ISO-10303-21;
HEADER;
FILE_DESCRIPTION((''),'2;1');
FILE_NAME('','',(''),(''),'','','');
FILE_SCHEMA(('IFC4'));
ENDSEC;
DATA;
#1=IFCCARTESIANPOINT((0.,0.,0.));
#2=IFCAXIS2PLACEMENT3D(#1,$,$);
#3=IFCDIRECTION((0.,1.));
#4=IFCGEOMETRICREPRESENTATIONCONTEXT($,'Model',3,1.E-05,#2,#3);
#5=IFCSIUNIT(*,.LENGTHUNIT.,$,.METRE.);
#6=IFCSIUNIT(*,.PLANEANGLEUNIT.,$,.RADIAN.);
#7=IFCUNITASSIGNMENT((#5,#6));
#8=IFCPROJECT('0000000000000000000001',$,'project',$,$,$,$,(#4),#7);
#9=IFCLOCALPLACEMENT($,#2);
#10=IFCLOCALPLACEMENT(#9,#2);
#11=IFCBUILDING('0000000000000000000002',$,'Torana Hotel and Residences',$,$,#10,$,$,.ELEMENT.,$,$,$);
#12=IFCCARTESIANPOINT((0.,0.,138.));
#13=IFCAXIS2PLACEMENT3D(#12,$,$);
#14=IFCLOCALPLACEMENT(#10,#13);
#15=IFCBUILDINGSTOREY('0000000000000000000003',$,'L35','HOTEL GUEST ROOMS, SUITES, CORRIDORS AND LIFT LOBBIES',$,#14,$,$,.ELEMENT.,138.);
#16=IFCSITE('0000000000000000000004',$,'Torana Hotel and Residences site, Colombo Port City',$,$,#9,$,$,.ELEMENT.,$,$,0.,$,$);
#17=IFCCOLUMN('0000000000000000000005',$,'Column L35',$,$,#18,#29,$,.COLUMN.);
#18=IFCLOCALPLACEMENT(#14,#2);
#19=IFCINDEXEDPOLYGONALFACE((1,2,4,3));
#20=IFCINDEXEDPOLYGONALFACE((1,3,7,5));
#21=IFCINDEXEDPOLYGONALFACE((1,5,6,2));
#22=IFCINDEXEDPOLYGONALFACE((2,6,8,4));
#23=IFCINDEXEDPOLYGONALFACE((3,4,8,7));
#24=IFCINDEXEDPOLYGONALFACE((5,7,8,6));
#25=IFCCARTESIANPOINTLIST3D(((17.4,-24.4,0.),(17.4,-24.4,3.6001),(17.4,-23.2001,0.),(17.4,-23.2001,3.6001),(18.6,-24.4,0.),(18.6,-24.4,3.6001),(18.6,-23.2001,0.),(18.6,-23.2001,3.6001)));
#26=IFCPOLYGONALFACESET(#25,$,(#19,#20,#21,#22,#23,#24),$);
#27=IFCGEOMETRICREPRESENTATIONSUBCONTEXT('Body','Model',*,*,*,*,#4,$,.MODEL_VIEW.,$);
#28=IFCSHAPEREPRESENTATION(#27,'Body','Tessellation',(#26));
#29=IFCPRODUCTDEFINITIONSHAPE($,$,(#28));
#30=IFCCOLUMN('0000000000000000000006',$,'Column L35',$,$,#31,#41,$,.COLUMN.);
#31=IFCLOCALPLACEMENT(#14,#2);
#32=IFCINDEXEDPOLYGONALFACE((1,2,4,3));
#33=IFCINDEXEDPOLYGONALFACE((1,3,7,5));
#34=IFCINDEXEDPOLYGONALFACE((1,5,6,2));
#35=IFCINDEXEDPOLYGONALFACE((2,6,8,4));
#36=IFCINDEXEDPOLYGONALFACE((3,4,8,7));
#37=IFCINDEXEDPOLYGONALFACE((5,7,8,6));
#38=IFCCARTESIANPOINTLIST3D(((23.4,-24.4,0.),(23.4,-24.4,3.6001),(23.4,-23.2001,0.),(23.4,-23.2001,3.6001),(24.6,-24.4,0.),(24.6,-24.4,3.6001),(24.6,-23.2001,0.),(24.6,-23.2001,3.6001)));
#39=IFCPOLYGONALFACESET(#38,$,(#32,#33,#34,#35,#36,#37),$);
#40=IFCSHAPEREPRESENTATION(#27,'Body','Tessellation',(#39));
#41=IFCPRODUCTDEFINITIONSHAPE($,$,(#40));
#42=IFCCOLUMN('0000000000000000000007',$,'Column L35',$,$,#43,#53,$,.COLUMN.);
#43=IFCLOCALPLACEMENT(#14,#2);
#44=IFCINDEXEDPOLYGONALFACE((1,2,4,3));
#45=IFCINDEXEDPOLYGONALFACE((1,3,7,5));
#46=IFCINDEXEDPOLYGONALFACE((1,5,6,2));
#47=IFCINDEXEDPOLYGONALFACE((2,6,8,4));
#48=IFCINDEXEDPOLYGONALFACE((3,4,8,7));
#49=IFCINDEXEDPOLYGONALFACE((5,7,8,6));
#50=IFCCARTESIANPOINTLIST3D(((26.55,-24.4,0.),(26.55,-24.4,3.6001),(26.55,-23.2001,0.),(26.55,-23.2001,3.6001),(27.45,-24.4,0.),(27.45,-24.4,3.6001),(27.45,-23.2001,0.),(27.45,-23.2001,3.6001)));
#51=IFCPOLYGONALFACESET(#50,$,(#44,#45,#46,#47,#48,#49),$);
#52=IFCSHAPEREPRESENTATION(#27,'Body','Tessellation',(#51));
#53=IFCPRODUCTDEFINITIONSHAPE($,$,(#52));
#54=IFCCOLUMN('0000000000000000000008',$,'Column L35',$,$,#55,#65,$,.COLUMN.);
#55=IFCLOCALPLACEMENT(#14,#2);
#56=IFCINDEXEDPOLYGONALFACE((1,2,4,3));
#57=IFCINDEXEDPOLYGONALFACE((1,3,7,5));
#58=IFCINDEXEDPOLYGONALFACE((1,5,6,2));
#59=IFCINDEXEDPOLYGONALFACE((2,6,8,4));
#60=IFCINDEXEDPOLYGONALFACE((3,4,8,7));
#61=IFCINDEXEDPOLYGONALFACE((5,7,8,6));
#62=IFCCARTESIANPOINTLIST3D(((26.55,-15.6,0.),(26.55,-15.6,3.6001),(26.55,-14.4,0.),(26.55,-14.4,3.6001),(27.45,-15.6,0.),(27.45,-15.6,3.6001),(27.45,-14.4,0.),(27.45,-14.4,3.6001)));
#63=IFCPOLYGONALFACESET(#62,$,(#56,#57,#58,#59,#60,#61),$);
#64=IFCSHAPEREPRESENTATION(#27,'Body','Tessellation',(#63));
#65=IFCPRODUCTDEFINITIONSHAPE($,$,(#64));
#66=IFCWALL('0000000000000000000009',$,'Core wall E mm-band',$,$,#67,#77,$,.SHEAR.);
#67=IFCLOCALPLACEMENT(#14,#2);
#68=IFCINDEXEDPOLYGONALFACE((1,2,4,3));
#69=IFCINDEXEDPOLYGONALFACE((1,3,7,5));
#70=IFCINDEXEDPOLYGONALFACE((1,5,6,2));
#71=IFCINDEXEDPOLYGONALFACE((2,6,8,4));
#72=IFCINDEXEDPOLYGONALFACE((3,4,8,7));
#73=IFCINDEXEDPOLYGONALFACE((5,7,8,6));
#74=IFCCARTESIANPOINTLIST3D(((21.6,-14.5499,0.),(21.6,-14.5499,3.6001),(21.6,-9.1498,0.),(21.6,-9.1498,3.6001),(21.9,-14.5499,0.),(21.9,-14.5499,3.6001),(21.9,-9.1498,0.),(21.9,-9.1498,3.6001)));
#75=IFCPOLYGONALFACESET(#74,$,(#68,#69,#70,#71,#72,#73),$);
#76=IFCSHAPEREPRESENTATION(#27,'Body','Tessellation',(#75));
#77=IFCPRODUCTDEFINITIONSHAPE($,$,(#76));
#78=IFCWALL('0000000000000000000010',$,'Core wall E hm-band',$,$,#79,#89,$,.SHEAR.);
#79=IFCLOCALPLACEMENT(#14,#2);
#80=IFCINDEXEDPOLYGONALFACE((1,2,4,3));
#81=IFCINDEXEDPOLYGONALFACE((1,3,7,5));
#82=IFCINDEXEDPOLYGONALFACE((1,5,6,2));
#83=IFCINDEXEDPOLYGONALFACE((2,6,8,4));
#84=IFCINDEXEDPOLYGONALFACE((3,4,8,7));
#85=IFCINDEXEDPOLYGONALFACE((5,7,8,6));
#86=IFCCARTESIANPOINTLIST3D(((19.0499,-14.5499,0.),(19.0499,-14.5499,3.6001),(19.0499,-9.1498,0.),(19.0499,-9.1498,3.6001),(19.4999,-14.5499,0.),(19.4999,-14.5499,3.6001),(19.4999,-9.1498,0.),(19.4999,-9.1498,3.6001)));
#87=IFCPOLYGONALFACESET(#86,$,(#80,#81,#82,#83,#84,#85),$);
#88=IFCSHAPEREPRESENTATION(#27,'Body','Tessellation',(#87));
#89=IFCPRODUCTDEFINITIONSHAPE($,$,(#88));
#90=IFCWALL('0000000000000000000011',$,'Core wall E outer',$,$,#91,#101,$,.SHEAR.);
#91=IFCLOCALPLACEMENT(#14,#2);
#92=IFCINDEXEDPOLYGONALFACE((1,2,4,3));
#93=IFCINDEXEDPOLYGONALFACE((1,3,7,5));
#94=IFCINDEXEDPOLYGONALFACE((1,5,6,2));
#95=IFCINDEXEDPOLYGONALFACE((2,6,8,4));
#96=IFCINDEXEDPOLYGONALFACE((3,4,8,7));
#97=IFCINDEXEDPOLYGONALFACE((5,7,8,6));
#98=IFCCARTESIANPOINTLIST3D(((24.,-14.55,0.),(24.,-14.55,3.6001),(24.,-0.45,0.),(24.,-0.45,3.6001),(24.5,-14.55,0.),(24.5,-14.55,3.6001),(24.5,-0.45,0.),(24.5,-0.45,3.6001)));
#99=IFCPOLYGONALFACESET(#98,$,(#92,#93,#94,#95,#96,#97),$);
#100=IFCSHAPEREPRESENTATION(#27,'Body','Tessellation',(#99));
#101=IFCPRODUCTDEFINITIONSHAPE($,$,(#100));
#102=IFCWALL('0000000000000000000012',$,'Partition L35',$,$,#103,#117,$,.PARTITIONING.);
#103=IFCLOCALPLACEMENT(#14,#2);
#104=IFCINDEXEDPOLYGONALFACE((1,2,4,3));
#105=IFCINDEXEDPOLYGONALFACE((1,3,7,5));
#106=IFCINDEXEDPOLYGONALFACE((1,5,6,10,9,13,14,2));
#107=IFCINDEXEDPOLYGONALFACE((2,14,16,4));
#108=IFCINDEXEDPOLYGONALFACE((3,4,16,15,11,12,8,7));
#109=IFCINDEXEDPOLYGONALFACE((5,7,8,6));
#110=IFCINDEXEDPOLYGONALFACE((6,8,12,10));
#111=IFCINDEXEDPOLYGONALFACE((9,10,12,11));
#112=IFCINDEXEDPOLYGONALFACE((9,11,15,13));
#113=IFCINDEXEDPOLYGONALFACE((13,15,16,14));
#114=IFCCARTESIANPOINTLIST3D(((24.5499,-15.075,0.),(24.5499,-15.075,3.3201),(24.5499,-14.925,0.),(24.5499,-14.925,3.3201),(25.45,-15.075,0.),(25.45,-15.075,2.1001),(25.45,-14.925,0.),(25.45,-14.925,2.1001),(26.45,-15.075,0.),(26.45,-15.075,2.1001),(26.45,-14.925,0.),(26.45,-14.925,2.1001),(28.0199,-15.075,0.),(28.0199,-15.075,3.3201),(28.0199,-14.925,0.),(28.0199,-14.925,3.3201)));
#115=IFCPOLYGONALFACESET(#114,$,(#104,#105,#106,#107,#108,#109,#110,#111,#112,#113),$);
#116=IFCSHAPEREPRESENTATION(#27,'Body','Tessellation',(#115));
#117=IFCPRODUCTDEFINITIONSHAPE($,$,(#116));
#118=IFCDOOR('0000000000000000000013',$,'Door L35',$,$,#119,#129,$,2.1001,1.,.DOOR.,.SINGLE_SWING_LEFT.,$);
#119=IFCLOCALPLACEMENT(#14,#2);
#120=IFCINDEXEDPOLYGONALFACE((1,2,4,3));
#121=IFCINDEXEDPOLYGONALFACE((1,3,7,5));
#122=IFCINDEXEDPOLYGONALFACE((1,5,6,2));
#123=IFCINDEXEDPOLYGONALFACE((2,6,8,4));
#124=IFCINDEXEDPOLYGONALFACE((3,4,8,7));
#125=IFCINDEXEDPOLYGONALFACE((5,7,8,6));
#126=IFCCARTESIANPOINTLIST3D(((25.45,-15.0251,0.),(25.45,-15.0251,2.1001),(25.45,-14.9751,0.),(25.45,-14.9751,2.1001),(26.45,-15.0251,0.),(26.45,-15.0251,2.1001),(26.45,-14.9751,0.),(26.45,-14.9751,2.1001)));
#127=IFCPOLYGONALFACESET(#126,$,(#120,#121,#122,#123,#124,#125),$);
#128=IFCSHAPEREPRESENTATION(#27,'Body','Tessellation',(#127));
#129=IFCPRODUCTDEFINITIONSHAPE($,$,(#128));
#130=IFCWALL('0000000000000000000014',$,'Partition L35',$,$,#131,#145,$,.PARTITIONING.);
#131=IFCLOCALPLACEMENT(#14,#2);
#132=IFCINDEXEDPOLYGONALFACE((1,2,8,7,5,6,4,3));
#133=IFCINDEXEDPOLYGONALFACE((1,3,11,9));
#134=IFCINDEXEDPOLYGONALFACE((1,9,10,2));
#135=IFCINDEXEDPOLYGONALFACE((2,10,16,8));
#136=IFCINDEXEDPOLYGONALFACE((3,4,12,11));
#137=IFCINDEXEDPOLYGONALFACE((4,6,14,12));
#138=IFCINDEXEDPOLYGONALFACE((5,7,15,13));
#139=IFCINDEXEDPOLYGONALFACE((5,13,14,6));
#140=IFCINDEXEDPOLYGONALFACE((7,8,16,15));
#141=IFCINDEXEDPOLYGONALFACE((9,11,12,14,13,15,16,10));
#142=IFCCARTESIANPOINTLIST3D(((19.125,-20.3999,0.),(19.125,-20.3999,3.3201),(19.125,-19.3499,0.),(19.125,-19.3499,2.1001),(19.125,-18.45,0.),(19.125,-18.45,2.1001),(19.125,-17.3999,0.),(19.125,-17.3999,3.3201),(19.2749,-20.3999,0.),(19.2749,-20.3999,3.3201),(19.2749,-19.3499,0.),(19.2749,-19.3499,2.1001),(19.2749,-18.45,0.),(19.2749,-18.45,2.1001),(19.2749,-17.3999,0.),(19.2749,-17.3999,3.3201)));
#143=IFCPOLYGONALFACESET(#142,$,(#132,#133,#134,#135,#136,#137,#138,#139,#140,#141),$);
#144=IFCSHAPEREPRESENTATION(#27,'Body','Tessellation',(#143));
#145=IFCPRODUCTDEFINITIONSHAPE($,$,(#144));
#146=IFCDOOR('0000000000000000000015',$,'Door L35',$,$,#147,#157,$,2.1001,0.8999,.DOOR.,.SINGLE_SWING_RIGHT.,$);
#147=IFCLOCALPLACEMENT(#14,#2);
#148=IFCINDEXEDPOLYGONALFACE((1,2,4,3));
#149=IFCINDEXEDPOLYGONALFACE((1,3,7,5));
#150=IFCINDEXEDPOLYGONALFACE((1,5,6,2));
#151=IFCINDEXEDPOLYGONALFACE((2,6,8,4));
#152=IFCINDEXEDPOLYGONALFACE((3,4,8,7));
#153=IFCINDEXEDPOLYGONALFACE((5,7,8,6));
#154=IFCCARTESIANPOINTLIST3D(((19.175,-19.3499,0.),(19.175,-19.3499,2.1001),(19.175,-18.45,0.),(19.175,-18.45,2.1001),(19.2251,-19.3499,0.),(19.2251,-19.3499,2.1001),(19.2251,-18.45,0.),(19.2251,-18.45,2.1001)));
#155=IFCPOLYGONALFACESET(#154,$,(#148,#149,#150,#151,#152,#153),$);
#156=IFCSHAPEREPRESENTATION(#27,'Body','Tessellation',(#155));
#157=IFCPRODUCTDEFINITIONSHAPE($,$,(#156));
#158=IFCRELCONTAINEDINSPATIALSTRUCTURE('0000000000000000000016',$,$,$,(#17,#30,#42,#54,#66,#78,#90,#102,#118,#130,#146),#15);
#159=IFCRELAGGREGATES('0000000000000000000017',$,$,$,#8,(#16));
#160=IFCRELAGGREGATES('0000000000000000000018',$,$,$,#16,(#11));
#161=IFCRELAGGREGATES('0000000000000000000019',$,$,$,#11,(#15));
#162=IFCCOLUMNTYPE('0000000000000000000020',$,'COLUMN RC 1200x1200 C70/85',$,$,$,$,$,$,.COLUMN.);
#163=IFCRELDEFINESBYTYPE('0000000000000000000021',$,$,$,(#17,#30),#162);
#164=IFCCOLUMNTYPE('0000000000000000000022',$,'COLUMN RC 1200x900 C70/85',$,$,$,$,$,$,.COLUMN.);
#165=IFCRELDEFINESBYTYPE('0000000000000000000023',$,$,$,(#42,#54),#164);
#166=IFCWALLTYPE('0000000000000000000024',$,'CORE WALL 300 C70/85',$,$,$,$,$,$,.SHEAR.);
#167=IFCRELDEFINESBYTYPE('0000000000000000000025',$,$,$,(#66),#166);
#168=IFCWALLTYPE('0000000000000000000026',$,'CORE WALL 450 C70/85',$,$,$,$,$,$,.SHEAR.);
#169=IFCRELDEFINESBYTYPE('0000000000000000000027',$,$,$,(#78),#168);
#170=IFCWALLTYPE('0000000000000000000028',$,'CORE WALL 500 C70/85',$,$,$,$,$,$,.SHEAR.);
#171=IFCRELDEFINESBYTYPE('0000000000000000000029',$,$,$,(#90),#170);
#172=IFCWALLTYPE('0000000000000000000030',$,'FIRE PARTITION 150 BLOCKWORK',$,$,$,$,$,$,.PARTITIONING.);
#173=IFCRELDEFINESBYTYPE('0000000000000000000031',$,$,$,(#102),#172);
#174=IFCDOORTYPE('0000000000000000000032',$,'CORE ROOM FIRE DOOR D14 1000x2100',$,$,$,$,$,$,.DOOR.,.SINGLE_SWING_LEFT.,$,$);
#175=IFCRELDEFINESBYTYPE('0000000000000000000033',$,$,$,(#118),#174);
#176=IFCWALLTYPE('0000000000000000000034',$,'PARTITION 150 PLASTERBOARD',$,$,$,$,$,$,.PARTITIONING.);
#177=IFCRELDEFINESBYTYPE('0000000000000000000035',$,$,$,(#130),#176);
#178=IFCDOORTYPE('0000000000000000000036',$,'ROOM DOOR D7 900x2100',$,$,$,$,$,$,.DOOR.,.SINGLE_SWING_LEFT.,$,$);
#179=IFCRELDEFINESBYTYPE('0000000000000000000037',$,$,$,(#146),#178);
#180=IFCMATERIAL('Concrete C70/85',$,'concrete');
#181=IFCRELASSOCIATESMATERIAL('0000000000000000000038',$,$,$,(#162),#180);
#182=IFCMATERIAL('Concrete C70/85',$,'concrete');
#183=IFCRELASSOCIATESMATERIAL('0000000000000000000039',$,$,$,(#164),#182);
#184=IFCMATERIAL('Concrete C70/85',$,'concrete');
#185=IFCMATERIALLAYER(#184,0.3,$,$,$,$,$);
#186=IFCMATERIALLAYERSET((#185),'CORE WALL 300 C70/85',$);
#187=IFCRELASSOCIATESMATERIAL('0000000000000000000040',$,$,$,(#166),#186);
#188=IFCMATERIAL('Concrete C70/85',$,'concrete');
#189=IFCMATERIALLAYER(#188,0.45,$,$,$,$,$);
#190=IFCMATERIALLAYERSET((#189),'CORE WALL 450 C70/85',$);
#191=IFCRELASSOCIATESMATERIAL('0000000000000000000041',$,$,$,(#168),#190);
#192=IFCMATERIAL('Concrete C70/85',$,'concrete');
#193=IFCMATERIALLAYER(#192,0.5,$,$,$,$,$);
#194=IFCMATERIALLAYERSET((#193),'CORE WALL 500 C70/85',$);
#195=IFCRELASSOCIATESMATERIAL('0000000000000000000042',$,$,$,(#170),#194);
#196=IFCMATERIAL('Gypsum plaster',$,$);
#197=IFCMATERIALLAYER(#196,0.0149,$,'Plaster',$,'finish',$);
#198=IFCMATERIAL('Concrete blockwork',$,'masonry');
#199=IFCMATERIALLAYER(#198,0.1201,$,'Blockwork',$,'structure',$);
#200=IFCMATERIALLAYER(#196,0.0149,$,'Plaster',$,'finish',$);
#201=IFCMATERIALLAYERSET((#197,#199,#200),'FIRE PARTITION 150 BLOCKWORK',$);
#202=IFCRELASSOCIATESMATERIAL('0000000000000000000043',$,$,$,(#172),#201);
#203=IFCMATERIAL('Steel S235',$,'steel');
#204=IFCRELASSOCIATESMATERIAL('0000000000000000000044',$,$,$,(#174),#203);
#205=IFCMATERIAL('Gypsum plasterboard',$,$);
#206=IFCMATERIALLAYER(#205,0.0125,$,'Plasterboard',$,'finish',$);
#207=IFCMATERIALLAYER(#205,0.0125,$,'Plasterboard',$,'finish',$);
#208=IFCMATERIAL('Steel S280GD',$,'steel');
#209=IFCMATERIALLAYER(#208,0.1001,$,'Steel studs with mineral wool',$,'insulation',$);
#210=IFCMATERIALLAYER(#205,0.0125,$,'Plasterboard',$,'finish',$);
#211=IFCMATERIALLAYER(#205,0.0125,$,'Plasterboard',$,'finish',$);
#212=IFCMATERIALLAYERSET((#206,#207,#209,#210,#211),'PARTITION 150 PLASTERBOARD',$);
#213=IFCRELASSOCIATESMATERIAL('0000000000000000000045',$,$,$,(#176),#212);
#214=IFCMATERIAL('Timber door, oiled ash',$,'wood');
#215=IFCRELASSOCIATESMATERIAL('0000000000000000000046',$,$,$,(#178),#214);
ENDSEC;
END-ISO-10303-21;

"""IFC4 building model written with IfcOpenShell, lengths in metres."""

from ifc_helpers import new_model, si_unit, direction, frame, frame_2d, origin, origin_2d, place, context, subcontext, project, spatial, rectangle, extrude, material, layer, layer_set, material_profile, profile_set, type_object, element, fill, save


model = new_model("IFC4")

# Units and contexts
model_context = context("Model", 3, precision=1e-05, world=origin(), true_north=direction((0.0, 1.0)))
body_context = subcontext(model_context, "Body", "Model", "MODEL_VIEW")
ifc_project = project(units=[si_unit("LENGTHUNIT", "METRE"), si_unit("PLANEANGLEUNIT", "RADIAN")], contexts=[model_context])

# Site, building, storey
site_placement = place(None, origin())
site = spatial("IfcSite", under=ifc_project, at=site_placement, Name="Torana Hotel and Residences site, Colombo Port City", CompositionType="ELEMENT", RefElevation=0.0)
building_placement = place(site_placement, origin())
building = spatial("IfcBuilding", under=site, at=building_placement, Name="Torana Hotel and Residences", CompositionType="ELEMENT")
storey_placement = place(building_placement, frame((0.0, 0.0, 138.0)))
storey = spatial("IfcBuildingStorey", under=building, at=storey_placement, Name="L35", Description="HOTEL GUEST ROOMS, SUITES, CORRIDORS AND LIFT LOBBIES", CompositionType="ELEMENT", Elevation=138.0)

# Columns
ifc_material_1 = material(Name="Concrete C70/85", Category="concrete")
ifc_material_profile_1 = material_profile(ifc_material_1, rectangle(XDim=1.2, YDim=1.2, at=origin_2d()), Name="RC 1200x1200")
ifc_profile_set_1 = profile_set([ifc_material_profile_1], Name="Concrete C70/85")
column_type_1 = type_object("IfcColumnType", Name="COLUMN RC 1200x1200 C70/85", PredefinedType="COLUMN", material=ifc_profile_set_1)
for number, where, z_axis, x_axis, name in (
    (1, (18.0, -23.8, 0.0), (0.0, 0.0, 1.0), (1.0, 0.0, 0.0), "Column L35"),
    (2, (24.0, -23.8, 0.0), (0.0, 0.0, 1.0), (1.0, 0.0, 0.0), "Column L35"),
):
    element("IfcColumn", number, at=place(storey_placement, frame(where, z_axis=z_axis, x_axis=x_axis)), inside=storey, type_object=column_type_1, Name=name, PredefinedType="COLUMN", context=body_context, shape_type="SweptSolid", body=[
        extrude(rectangle(XDim=1.2, YDim=1.2, at=origin_2d()), origin(), (0.0, 0.0, 1.0), 3.6001),
    ])
ifc_material_2 = material(Name="Concrete C70/85", Category="concrete")
ifc_material_profile_2 = material_profile(ifc_material_2, rectangle(XDim=1.2, YDim=0.8999, at=origin_2d()), Name="RC 1200x900")
ifc_profile_set_2 = profile_set([ifc_material_profile_2], Name="Concrete C70/85")
column_type_2 = type_object("IfcColumnType", Name="COLUMN RC 1200x900 C70/85", PredefinedType="COLUMN", material=ifc_profile_set_2)
for number, where, z_axis, x_axis, name in (
    (3, (27.0, -23.8, 0.0), (0.0, 0.0, 1.0), (0.0, 1.0, 0.0), "Column L35"),
    (4, (27.0, -15.0, 0.0), (0.0, 0.0, 1.0), (0.0, 1.0, 0.0), "Column L35"),
):
    element("IfcColumn", number, at=place(storey_placement, frame(where, z_axis=z_axis, x_axis=x_axis)), inside=storey, type_object=column_type_2, Name=name, PredefinedType="COLUMN", context=body_context, shape_type="SweptSolid", body=[
        extrude(rectangle(XDim=1.2, YDim=0.8999, at=origin_2d()), origin(), (0.0, 0.0, 1.0), 3.6001),
    ])

# Walls
ifc_material_3 = material(Name="Concrete C70/85", Category="concrete")
ifc_layer_1 = layer(ifc_material_3, 0.3)
ifc_layer_set_1 = layer_set([ifc_layer_1], Name="CORE WALL 300 C70/85")
wall_type_1 = type_object("IfcWallType", Name="CORE WALL 300 C70/85", PredefinedType="SHEAR", material=ifc_layer_set_1)
wall_1_placement = place(storey_placement, frame((21.75, -14.55, 0.0), z_axis=(0.0, 0.0, 1.0), x_axis=(0.0, 1.0, 0.0)))
element("IfcWall", 5, at=wall_1_placement, inside=storey, type_object=wall_type_1, Name="Core wall E mm-band", PredefinedType="SHEAR", context=body_context, shape_type="SweptSolid", body=[
    extrude(rectangle(XDim=5.4001, YDim=0.3, at=frame_2d((2.7002, 0.0))), origin(), (0.0, 0.0, 1.0), 3.6001),
])
ifc_material_4 = material(Name="Concrete C70/85", Category="concrete")
ifc_layer_2 = layer(ifc_material_4, 0.45)
ifc_layer_set_2 = layer_set([ifc_layer_2], Name="CORE WALL 450 C70/85")
wall_type_2 = type_object("IfcWallType", Name="CORE WALL 450 C70/85", PredefinedType="SHEAR", material=ifc_layer_set_2)
wall_2_placement = place(storey_placement, frame((19.2749, -14.55, 0.0), z_axis=(0.0, 0.0, 1.0), x_axis=(0.0, 1.0, 0.0)))
element("IfcWall", 6, at=wall_2_placement, inside=storey, type_object=wall_type_2, Name="Core wall E hm-band", PredefinedType="SHEAR", context=body_context, shape_type="SweptSolid", body=[
    extrude(rectangle(XDim=5.4001, YDim=0.45, at=frame_2d((2.7002, 0.0))), origin(), (0.0, 0.0, 1.0), 3.6001),
])
ifc_material_5 = material(Name="Concrete C70/85", Category="concrete")
ifc_layer_3 = layer(ifc_material_5, 0.5)
ifc_layer_set_3 = layer_set([ifc_layer_3], Name="CORE WALL 500 C70/85")
wall_type_3 = type_object("IfcWallType", Name="CORE WALL 500 C70/85", PredefinedType="SHEAR", material=ifc_layer_set_3)
wall_3_placement = place(storey_placement, frame((24.25, -14.55, 0.0), z_axis=(0.0, 0.0, 1.0), x_axis=(0.0, 1.0, 0.0)))
element("IfcWall", 7, at=wall_3_placement, inside=storey, type_object=wall_type_3, Name="Core wall E outer", PredefinedType="SHEAR", context=body_context, shape_type="SweptSolid", body=[
    extrude(rectangle(XDim=14.1001, YDim=0.5, at=frame_2d((7.05, 0.0))), origin(), (0.0, 0.0, 1.0), 3.6001),
])

# Walls, openings, doors
ifc_material_6 = material(Name="Gypsum plaster")
ifc_layer_4 = layer(ifc_material_6, 0.0149, Name="Plaster", Category="finish")
ifc_material_7 = material(Name="Concrete blockwork", Category="masonry")
ifc_layer_5 = layer(ifc_material_7, 0.1201, Name="Blockwork", Category="structure")
ifc_layer_6 = layer(ifc_material_6, 0.0149, Name="Plaster", Category="finish")
ifc_layer_set_4 = layer_set([ifc_layer_4, ifc_layer_5, ifc_layer_6], Name="FIRE PARTITION 150 BLOCKWORK")
wall_type_4 = type_object("IfcWallType", Name="FIRE PARTITION 150 BLOCKWORK", PredefinedType="PARTITIONING", material=ifc_layer_set_4)
wall_4_placement = place(storey_placement, frame((24.55, -15.0, 0.0), z_axis=(0.0, 0.0, 1.0), x_axis=(1.0, 0.0, 0.0)))
wall_4 = element("IfcWall", 8, at=wall_4_placement, inside=storey, type_object=wall_type_4, Name="Partition L35", PredefinedType="PARTITIONING", context=body_context, shape_type="SweptSolid", body=[
    extrude(rectangle(XDim=3.47, YDim=0.1499, at=frame_2d((1.7349, 0.0))), origin(), (0.0, 0.0, 1.0), 3.3201),
])
opening_1_placement = place(wall_4_placement, frame((0.8999, 0.0, 0.0)))
opening_1 = element("IfcOpeningElement", 9, at=opening_1_placement, cuts=wall_4, PredefinedType="OPENING", context=body_context, shape_type="SweptSolid", body=[
    extrude(rectangle(XDim=1.0, YDim=2.1001, at=frame_2d((0.5, 1.05))), frame((0.0, 0.085, 0.0), z_axis=(0.0, -1.0, 0.0), x_axis=(1.0, 0.0, 0.0)), (0.0, 0.0, 1.0), 0.1699),
])
ifc_material_8 = material(Name="Steel S235", Category="steel")
door_type_1 = type_object("IfcDoorType", Name="CORE ROOM FIRE DOOR D14 1000x2100", OperationType="SINGLE_SWING_LEFT", PredefinedType="DOOR", material=ifc_material_8)
door_1_placement = place(opening_1_placement, origin())
door_1 = element("IfcDoor", 10, at=door_1_placement, inside=storey, type_object=door_type_1, Name="Door L35", OperationType="SINGLE_SWING_LEFT", OverallHeight=2.1001, OverallWidth=1.0, PredefinedType="DOOR", context=body_context, shape_type="SweptSolid", body=[
    extrude(rectangle(XDim=1.0, YDim=2.1001, at=frame_2d((0.5, 1.05))), frame((0.0, 0.0249, 0.0), z_axis=(0.0, -1.0, 0.0), x_axis=(1.0, 0.0, 0.0)), (0.0, 0.0, 1.0), 0.05),
])
fill(opening_1, door_1)
ifc_material_9 = material(Name="Gypsum plasterboard")
ifc_layer_7 = layer(ifc_material_9, 0.0125, Name="Plasterboard", Category="finish")
ifc_layer_8 = layer(ifc_material_9, 0.0125, Name="Plasterboard", Category="finish")
ifc_material_10 = material(Name="Steel S280GD", Category="steel")
ifc_layer_9 = layer(ifc_material_10, 0.1001, Name="Steel studs with mineral wool", Category="insulation")
ifc_layer_10 = layer(ifc_material_9, 0.0125, Name="Plasterboard", Category="finish")
ifc_layer_11 = layer(ifc_material_9, 0.0125, Name="Plasterboard", Category="finish")
ifc_layer_set_5 = layer_set([ifc_layer_7, ifc_layer_8, ifc_layer_9, ifc_layer_10, ifc_layer_11], Name="PARTITION 150 PLASTERBOARD")
wall_type_5 = type_object("IfcWallType", Name="PARTITION 150 PLASTERBOARD", PredefinedType="PARTITIONING", material=ifc_layer_set_5)
wall_5_placement = place(storey_placement, frame((19.2, -20.3999, 0.0), z_axis=(0.0, 0.0, 1.0), x_axis=(0.0, 1.0, 0.0)))
wall_5 = element("IfcWall", 11, at=wall_5_placement, inside=storey, type_object=wall_type_5, Name="Partition L35", PredefinedType="PARTITIONING", context=body_context, shape_type="SweptSolid", body=[
    extrude(rectangle(XDim=3.0, YDim=0.1499, at=frame_2d((1.5, 0.0))), origin(), (0.0, 0.0, 1.0), 3.3201),
])
opening_2_placement = place(wall_5_placement, frame((1.05, 0.0, 0.0)))
opening_2 = element("IfcOpeningElement", 12, at=opening_2_placement, cuts=wall_5, PredefinedType="OPENING", context=body_context, shape_type="SweptSolid", body=[
    extrude(rectangle(XDim=0.8999, YDim=2.1001, at=frame_2d((0.45, 1.05))), frame((0.0, 0.085, 0.0), z_axis=(0.0, -1.0, 0.0), x_axis=(1.0, 0.0, 0.0)), (0.0, 0.0, 1.0), 0.1699),
])
ifc_material_11 = material(Name="Timber door, oiled ash", Category="wood")
door_type_2 = type_object("IfcDoorType", Name="ROOM DOOR D7 900x2100", OperationType="SINGLE_SWING_LEFT", PredefinedType="DOOR", material=ifc_material_11)
door_2_placement = place(opening_2_placement, origin())
door_2 = element("IfcDoor", 13, at=door_2_placement, inside=storey, type_object=door_type_2, Name="Door L35", OperationType="SINGLE_SWING_RIGHT", OverallHeight=2.1001, OverallWidth=0.8999, PredefinedType="DOOR", context=body_context, shape_type="SweptSolid", body=[
    extrude(rectangle(XDim=0.8999, YDim=2.1001, at=frame_2d((0.45, 1.05))), frame((0.0, 0.0249, 0.0), z_axis=(0.0, -1.0, 0.0), x_axis=(1.0, 0.0, 0.0)), (0.0, 0.0, 1.0), 0.05),
])
fill(opening_2, door_2)

save(model, "model.ifc")
